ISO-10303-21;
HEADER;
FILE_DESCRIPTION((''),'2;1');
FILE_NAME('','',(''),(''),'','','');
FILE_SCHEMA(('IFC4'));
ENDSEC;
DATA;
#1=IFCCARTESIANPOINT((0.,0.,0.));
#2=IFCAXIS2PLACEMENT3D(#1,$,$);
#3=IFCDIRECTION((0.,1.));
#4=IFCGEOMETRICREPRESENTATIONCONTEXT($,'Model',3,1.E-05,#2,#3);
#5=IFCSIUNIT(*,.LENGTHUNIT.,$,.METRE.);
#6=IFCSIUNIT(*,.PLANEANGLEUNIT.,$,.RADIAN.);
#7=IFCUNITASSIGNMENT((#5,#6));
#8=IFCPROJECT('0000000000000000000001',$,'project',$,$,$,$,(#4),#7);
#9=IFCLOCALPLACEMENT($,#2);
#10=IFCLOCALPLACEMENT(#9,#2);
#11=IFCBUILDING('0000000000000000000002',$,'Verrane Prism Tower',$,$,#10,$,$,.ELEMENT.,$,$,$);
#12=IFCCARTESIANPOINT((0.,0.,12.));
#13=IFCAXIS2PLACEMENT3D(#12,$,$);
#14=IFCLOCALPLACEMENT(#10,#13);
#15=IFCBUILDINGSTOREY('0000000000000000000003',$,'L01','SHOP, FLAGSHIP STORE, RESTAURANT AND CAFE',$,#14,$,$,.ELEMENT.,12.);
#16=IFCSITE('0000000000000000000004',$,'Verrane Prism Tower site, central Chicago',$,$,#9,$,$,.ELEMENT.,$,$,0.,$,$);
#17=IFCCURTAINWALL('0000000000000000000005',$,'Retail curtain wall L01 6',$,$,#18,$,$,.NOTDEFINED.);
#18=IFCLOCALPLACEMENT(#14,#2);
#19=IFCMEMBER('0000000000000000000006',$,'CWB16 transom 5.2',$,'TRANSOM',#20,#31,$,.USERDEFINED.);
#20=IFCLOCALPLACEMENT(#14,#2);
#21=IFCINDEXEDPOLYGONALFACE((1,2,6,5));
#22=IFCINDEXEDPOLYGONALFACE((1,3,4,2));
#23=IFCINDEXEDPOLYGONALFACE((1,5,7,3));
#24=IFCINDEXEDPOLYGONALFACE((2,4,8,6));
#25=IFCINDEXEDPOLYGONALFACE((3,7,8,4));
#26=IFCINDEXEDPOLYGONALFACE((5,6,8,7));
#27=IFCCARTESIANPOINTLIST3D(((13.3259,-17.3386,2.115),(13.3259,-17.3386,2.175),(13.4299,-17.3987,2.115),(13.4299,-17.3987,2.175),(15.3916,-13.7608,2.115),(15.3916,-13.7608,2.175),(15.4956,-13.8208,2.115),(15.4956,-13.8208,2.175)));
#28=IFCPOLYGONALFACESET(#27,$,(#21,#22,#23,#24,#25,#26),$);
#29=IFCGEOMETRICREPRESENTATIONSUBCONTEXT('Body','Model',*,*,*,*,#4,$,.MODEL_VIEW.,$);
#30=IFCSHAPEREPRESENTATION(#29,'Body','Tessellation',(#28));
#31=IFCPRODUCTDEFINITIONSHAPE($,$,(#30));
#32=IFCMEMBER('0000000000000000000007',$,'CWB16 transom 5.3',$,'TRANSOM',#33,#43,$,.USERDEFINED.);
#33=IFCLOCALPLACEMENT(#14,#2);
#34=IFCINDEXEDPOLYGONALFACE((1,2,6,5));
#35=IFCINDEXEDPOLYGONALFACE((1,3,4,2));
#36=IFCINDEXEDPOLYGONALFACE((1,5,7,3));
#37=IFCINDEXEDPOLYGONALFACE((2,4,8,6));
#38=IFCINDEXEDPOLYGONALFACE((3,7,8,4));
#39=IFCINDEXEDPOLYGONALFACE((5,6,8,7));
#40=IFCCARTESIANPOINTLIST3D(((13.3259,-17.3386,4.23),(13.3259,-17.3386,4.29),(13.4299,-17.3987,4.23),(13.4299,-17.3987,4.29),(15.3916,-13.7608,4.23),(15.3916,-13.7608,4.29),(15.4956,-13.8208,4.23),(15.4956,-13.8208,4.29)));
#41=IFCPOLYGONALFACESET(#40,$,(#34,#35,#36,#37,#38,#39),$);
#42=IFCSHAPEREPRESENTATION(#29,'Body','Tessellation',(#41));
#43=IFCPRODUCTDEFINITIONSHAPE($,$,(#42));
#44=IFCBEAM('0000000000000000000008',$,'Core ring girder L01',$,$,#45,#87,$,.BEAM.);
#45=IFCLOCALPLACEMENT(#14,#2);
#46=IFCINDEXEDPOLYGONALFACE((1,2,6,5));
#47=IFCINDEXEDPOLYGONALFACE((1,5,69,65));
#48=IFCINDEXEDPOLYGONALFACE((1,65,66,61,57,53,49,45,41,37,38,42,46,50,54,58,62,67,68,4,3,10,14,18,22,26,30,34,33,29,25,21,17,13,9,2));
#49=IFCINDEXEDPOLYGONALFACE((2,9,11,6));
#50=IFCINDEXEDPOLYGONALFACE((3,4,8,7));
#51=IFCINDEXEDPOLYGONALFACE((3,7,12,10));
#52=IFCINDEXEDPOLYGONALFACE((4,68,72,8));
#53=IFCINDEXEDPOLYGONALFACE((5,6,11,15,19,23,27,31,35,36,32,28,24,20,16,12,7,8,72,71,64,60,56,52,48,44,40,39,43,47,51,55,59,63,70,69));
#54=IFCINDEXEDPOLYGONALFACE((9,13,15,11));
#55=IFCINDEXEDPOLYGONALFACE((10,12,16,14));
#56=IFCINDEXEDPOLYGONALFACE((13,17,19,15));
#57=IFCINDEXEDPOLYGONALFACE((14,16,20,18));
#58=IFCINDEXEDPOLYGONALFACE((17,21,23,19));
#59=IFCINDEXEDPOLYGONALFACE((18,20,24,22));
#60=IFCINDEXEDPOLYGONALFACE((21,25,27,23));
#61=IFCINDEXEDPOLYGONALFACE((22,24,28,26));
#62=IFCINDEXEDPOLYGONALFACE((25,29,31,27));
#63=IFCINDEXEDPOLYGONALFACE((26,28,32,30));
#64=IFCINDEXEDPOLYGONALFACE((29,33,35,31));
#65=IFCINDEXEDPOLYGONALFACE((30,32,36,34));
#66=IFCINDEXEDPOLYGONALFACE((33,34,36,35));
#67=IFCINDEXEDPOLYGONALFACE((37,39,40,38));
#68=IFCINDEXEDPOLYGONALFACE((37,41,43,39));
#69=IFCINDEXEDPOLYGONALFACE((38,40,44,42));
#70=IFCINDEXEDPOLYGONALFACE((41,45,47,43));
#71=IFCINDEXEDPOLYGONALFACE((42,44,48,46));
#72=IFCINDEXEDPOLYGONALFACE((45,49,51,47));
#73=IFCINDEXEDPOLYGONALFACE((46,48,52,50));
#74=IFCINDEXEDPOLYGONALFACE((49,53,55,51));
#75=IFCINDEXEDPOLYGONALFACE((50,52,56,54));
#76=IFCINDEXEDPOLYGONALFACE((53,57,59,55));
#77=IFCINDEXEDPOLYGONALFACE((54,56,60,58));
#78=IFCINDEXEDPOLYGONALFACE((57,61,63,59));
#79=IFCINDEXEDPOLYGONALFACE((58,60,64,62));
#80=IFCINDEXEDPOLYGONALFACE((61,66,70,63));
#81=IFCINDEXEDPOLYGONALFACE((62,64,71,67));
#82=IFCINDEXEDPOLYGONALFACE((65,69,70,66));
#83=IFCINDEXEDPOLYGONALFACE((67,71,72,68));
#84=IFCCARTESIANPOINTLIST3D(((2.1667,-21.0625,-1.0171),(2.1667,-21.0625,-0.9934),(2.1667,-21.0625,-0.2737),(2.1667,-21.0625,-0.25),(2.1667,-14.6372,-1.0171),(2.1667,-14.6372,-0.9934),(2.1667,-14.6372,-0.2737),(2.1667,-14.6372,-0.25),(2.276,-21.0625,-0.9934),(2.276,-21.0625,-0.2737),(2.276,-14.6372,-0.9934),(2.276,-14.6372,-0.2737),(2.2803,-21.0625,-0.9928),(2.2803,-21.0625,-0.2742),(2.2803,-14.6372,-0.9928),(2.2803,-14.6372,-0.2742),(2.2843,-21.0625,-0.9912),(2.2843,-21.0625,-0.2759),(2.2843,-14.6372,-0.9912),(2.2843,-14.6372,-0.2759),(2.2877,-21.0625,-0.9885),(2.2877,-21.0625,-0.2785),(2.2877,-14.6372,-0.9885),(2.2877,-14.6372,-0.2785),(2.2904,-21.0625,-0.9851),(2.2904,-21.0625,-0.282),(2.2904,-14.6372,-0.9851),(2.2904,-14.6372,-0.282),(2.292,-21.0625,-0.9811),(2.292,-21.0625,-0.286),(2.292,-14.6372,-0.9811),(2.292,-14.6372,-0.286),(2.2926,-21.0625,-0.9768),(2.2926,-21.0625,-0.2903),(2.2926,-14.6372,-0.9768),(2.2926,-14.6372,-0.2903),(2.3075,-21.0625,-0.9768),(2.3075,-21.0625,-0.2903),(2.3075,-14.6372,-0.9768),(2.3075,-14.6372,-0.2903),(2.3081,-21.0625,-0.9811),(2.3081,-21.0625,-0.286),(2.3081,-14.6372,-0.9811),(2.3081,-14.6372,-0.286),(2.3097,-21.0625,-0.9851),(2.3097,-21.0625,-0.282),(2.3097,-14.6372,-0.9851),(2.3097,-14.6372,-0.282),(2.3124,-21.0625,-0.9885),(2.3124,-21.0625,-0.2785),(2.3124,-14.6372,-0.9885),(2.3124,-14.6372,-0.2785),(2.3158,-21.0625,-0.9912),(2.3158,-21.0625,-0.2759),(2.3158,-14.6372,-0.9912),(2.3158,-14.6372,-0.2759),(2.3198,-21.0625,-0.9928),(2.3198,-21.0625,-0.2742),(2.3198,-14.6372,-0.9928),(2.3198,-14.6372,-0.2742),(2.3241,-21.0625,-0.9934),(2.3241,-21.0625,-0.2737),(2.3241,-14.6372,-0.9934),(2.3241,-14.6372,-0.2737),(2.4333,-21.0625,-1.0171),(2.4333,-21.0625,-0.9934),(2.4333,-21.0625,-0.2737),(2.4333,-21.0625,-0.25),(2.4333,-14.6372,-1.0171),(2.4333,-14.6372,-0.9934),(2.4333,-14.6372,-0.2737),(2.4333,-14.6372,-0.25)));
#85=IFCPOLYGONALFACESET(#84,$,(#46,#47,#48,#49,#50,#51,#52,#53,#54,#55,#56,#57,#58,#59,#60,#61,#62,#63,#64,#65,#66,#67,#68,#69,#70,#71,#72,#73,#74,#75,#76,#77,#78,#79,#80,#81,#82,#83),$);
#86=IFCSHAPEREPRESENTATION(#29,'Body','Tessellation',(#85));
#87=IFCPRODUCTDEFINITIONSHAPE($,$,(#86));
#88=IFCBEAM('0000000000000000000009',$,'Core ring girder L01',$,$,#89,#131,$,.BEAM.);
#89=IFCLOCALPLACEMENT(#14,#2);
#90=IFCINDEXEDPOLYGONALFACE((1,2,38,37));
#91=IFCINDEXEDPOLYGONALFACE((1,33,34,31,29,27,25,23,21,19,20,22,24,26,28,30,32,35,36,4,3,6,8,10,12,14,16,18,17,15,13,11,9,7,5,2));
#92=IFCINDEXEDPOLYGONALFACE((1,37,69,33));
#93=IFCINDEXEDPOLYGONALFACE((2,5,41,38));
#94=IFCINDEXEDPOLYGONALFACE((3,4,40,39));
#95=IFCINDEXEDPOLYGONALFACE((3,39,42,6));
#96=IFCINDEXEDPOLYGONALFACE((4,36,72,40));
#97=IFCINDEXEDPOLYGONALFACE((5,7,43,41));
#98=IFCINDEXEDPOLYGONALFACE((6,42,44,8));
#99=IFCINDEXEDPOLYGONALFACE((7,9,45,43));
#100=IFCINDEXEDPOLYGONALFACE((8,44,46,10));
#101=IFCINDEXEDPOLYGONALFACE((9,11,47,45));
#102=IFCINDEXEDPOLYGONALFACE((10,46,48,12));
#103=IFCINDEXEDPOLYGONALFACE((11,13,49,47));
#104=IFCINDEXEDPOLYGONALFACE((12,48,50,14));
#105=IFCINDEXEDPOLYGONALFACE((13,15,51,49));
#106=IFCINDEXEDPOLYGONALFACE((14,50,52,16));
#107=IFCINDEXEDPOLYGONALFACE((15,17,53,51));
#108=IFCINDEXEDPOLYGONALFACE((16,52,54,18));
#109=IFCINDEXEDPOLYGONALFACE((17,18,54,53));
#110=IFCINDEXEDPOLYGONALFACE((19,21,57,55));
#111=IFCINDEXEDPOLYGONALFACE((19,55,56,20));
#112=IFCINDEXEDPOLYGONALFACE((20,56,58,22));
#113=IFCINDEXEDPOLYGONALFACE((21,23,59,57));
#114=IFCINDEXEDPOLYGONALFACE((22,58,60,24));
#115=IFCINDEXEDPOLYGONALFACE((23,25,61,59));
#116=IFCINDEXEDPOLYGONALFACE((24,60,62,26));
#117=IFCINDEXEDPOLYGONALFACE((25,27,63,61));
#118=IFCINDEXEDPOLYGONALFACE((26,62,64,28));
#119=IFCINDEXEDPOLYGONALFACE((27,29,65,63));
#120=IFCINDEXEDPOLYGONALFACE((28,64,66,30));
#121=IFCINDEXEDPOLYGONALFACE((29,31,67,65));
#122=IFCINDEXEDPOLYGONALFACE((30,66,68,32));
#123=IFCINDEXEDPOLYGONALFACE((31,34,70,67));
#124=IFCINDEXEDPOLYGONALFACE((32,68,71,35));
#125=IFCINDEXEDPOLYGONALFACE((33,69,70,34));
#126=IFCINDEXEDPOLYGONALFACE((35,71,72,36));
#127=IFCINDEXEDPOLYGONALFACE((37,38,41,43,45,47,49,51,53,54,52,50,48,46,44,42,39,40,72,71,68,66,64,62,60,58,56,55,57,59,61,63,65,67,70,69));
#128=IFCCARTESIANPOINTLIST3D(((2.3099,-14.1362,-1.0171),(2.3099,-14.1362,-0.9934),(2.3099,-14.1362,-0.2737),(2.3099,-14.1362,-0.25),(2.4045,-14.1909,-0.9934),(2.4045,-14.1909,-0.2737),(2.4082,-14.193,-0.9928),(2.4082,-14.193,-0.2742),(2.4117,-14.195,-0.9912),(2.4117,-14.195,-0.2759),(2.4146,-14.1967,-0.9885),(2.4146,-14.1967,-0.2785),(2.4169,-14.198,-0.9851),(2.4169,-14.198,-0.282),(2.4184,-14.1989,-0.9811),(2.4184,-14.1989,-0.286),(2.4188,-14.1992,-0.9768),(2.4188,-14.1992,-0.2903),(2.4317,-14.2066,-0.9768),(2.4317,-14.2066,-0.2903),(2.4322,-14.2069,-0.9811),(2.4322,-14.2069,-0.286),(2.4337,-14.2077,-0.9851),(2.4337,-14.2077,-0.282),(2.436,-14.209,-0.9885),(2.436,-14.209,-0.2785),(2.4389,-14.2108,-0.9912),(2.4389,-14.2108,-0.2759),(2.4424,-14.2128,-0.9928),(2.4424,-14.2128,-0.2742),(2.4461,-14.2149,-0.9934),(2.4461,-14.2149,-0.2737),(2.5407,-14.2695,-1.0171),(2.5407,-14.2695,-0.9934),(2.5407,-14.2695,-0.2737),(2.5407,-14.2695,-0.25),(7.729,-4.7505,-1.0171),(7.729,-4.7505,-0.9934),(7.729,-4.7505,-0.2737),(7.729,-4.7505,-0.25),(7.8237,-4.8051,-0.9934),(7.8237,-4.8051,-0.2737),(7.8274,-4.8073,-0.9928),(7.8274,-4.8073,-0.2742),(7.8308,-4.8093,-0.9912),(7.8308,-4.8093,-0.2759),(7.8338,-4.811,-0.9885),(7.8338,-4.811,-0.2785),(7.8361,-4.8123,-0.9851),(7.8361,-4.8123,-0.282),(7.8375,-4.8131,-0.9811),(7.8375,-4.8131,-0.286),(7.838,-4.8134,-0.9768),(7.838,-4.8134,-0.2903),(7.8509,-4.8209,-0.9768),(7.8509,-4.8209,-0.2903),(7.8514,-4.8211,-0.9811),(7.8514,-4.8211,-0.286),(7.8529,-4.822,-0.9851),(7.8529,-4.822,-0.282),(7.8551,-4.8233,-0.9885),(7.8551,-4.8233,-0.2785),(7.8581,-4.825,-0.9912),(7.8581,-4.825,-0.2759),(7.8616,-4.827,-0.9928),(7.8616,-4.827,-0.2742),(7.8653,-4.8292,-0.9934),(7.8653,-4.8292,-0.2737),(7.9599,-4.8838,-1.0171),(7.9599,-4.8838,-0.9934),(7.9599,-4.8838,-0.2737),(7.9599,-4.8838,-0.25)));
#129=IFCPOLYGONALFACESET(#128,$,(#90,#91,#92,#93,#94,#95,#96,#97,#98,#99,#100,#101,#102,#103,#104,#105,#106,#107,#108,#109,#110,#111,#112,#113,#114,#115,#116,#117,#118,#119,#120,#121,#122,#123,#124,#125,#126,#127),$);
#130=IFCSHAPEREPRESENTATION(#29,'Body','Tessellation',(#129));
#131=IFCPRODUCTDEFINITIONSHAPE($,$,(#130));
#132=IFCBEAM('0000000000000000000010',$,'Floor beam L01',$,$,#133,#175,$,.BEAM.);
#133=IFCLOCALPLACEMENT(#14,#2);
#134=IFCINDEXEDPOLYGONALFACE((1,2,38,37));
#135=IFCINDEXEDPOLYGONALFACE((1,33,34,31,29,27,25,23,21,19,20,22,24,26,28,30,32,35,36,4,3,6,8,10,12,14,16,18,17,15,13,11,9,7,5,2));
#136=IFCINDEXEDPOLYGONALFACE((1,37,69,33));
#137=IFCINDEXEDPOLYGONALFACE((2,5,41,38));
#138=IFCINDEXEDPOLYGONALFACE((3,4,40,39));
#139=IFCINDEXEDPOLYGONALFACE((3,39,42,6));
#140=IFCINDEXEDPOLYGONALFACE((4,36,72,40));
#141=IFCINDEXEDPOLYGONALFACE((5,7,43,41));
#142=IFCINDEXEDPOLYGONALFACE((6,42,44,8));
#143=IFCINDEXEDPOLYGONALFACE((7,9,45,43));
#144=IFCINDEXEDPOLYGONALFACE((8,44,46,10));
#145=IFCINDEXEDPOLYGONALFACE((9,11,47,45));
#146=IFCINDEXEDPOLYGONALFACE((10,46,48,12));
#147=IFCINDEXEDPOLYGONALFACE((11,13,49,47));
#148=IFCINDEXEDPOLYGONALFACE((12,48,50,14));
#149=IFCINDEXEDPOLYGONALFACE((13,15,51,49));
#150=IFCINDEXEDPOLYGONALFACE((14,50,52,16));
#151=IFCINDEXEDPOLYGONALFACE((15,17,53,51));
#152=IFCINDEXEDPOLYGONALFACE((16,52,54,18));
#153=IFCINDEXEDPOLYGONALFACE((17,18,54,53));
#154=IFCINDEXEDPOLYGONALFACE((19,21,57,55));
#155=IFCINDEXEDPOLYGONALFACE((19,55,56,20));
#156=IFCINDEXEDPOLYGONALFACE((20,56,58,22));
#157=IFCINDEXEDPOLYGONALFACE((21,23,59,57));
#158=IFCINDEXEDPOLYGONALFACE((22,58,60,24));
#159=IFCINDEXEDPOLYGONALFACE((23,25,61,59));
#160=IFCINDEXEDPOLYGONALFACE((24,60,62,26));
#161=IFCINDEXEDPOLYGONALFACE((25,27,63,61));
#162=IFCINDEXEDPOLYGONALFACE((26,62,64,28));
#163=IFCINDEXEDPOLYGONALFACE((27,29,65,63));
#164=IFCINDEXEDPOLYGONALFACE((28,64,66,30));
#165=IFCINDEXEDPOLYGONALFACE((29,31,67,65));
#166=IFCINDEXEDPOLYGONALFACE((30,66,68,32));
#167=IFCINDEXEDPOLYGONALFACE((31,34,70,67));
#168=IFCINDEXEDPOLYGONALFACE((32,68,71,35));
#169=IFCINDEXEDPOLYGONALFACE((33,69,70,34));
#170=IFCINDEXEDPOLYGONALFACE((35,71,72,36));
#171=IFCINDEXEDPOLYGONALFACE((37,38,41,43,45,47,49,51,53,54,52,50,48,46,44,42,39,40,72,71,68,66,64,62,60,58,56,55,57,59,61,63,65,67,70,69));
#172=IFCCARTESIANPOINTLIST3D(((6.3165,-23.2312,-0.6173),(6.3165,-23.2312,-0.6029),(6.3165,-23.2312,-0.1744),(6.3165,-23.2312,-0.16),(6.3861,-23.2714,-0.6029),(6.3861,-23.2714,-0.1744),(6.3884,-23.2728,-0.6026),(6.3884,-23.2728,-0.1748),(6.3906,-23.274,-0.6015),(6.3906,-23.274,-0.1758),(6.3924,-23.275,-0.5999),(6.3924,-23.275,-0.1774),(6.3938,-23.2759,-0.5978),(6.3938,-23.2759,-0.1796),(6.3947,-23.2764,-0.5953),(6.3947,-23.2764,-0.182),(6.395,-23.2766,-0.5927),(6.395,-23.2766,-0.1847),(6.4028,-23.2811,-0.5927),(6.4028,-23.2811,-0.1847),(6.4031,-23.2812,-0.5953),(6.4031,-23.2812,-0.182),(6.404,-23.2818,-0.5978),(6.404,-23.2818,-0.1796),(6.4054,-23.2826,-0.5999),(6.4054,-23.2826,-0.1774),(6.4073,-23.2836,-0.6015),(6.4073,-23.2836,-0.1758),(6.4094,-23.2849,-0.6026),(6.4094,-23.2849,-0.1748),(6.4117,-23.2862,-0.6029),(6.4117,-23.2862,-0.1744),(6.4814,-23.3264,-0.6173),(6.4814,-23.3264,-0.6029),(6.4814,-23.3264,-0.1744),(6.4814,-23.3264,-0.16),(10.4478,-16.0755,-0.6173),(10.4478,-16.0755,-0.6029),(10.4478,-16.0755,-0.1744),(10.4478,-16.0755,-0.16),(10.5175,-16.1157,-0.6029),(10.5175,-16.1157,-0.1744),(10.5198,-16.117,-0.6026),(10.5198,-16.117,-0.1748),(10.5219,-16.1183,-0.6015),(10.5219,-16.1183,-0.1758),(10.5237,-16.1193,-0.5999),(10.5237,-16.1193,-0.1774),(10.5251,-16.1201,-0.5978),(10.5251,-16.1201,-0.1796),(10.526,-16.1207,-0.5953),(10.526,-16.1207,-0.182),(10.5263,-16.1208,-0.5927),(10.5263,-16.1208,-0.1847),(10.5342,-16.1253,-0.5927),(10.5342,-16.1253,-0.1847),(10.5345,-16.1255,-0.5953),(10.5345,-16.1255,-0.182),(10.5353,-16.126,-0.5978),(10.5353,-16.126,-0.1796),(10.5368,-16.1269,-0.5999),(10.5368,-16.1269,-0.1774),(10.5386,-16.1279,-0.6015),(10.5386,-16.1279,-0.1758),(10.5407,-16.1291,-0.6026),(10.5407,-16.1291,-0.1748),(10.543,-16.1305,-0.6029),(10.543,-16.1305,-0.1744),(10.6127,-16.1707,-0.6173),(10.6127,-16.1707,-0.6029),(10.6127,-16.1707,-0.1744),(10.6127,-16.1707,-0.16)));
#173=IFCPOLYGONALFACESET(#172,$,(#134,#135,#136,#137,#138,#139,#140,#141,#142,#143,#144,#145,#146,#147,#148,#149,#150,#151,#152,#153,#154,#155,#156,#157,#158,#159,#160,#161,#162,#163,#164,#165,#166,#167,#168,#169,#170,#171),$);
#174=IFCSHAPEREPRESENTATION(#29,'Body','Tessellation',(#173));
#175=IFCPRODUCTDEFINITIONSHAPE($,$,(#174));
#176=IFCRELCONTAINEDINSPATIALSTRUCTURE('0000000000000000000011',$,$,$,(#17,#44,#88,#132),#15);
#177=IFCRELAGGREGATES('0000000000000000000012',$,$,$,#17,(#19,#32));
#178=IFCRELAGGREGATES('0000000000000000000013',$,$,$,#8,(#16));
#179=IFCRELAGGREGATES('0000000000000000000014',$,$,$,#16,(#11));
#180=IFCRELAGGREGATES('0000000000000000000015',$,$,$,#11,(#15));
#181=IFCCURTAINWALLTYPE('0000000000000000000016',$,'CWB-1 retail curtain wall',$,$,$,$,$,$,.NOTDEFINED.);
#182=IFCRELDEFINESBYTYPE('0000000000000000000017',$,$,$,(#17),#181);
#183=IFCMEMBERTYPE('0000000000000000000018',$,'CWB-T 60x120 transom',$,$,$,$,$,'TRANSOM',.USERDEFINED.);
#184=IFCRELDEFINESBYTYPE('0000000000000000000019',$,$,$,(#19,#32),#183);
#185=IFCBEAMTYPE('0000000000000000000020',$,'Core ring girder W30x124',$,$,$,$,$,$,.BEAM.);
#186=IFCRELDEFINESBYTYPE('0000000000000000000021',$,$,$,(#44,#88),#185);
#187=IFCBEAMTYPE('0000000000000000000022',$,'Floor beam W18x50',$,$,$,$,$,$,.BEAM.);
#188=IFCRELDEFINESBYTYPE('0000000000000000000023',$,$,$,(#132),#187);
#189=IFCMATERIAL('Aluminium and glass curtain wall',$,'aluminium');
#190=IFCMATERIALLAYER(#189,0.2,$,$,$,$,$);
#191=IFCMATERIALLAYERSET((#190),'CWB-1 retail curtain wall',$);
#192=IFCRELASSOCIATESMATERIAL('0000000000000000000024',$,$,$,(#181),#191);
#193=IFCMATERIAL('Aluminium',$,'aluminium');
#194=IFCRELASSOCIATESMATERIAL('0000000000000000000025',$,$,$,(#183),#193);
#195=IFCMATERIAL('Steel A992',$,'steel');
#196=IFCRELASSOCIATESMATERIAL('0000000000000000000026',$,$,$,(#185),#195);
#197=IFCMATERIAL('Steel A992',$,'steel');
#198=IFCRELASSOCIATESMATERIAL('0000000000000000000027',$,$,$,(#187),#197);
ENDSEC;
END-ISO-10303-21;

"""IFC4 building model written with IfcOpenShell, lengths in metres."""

from ifc_helpers import new_model, si_unit, direction, frame, origin, origin_2d, place, context, subcontext, project, spatial, rectangle, i_section, extrude, material, layer, layer_set, material_profile, profile_set, type_object, element, aggregate, save


model = new_model("IFC4")

# Units and contexts
model_context = context("Model", 3, precision=1e-05, world=origin(), true_north=direction((0.0, 1.0)))
body_context = subcontext(model_context, "Body", "Model", "MODEL_VIEW")
ifc_project = project(units=[si_unit("LENGTHUNIT", "METRE"), si_unit("PLANEANGLEUNIT", "RADIAN")], contexts=[model_context])

# Site, building, storey
site_placement = place(None, origin())
site = spatial("IfcSite", under=ifc_project, at=site_placement, Name="Verrane Prism Tower site, central Chicago", CompositionType="ELEMENT", RefElevation=0.0)
building_placement = place(site_placement, origin())
building = spatial("IfcBuilding", under=site, at=building_placement, Name="Verrane Prism Tower", CompositionType="ELEMENT")
storey_placement = place(building_placement, frame((0.0, 0.0, 12.0)))
storey = spatial("IfcBuildingStorey", under=building, at=storey_placement, Name="L01", Description="SHOP, FLAGSHIP STORE, RESTAURANT AND CAFE", CompositionType="ELEMENT", Elevation=12.0)

# Curtain wall, members
ifc_material_1 = material(Name="Aluminium and glass curtain wall", Category="aluminium")
ifc_layer_1 = layer(ifc_material_1, 0.2)
ifc_layer_set_1 = layer_set([ifc_layer_1], Name="CWB-1 retail curtain wall")
curtain_wall_type = type_object("IfcCurtainWallType", Name="CWB-1 retail curtain wall", PredefinedType="NOTDEFINED", material=ifc_layer_set_1)
curtain_wall_placement = place(storey_placement, origin())
curtain_wall = element("IfcCurtainWall", 1, at=curtain_wall_placement, inside=storey, type_object=curtain_wall_type, Name="Retail curtain wall L01 6", PredefinedType="NOTDEFINED")
ifc_material_2 = material(Name="Aluminium", Category="aluminium")
ifc_material_profile_1 = material_profile(ifc_material_2, rectangle(XDim=0.1201, YDim=0.0601, at=origin_2d()), Name="CWB-T 60x120 transom")
ifc_profile_set_1 = profile_set([ifc_material_profile_1], Name="Aluminium")
member_type_1 = type_object("IfcMemberType", Name="CWB-T 60x120 transom", ElementType="TRANSOM", PredefinedType="USERDEFINED", material=ifc_profile_set_1)
member_1_placement = place(storey_placement, frame((13.3779, -17.3687, 2.145), z_axis=(0.499997, 0.866027, 0.0), x_axis=(-0.866027, 0.499997, 0.0)))
member_1 = element("IfcMember", 2, at=member_1_placement, type_object=member_type_1, Name="CWB16 transom 5.2", ObjectType="TRANSOM", PredefinedType="USERDEFINED", context=body_context, shape_type="SweptSolid", body=[
    extrude(rectangle(XDim=0.1201, YDim=0.0601, at=origin_2d()), origin(), (0.0, 0.0, 1.0), 4.1313),
])
member_2_placement = place(storey_placement, frame((13.3779, -17.3687, 4.26), z_axis=(0.499997, 0.866027, 0.0), x_axis=(-0.866027, 0.499997, 0.0)))
member_2 = element("IfcMember", 3, at=member_2_placement, type_object=member_type_1, Name="CWB16 transom 5.3", ObjectType="TRANSOM", PredefinedType="USERDEFINED", context=body_context, shape_type="SweptSolid", body=[
    extrude(rectangle(XDim=0.1201, YDim=0.0601, at=origin_2d()), origin(), (0.0, 0.0, 1.0), 4.1313),
])

# Beams
ifc_material_3 = material(Name="Steel A992", Category="steel")
ifc_material_profile_2 = material_profile(ifc_material_3, i_section(OverallWidth=0.2666, OverallDepth=0.7671, WebThickness=0.0149, FlangeThickness=0.0237, FilletRadius=0.0166, at=origin_2d()), Name="W30x124")
ifc_profile_set_2 = profile_set([ifc_material_profile_2], Name="Steel A992")
beam_type_1 = type_object("IfcBeamType", Name="Core ring girder W30x124", PredefinedType="BEAM", material=ifc_profile_set_2)
beam_1_placement = place(storey_placement, frame((2.3, -21.0625, -0.6335), z_axis=(0.0, 1.0, 0.0), x_axis=(-1.0, 0.0, 0.0)))
element("IfcBeam", 4, at=beam_1_placement, inside=storey, type_object=beam_type_1, Name="Core ring girder L01", PredefinedType="BEAM", context=body_context, shape_type="SweptSolid", body=[
    extrude(i_section(OverallWidth=0.2666, OverallDepth=0.7671, WebThickness=0.0149, FlangeThickness=0.0237, FilletRadius=0.0166, at=origin_2d()), origin(), (0.0, 0.0, 1.0), 6.4253),
])
beam_2_placement = place(storey_placement, frame((2.4253, -14.2029, -0.6335), z_axis=(0.500023, 0.866012, 0.0), x_axis=(-0.866012, 0.500023, 0.0)))
element("IfcBeam", 5, at=beam_2_placement, inside=storey, type_object=beam_type_1, Name="Core ring girder L01", PredefinedType="BEAM", context=body_context, shape_type="SweptSolid", body=[
    extrude(i_section(OverallWidth=0.2666, OverallDepth=0.7671, WebThickness=0.0149, FlangeThickness=0.0237, FilletRadius=0.0166, at=origin_2d()), origin(), (0.0, 0.0, 1.0), 10.8379),
])
ifc_material_4 = material(Name="Steel A992", Category="steel")
ifc_material_profile_3 = material_profile(ifc_material_4, i_section(OverallWidth=0.1904, OverallDepth=0.4573, WebThickness=0.009, FlangeThickness=0.0144, FilletRadius=0.0103, at=origin_2d()), Name="W18x50")
ifc_profile_set_3 = profile_set([ifc_material_profile_3], Name="Steel A992")
beam_type_2 = type_object("IfcBeamType", Name="Floor beam W18x50", PredefinedType="BEAM", material=ifc_profile_set_3)
beam_3_placement = place(storey_placement, frame((6.3989, -23.2788, -0.3887), z_axis=(0.499997, 0.866027, 0.0), x_axis=(-0.866027, 0.499997, 0.0)))
element("IfcBeam", 6, at=beam_3_placement, inside=storey, type_object=beam_type_2, Name="Floor beam L01", PredefinedType="BEAM", context=body_context, shape_type="SweptSolid", body=[
    extrude(i_section(OverallWidth=0.1904, OverallDepth=0.4573, WebThickness=0.009, FlangeThickness=0.0144, FilletRadius=0.0103, at=origin_2d()), origin(), (0.0, 0.0, 1.0), 8.2627),
])

aggregate(curtain_wall, [member_1, member_2])

save(model, "model.ifc")
